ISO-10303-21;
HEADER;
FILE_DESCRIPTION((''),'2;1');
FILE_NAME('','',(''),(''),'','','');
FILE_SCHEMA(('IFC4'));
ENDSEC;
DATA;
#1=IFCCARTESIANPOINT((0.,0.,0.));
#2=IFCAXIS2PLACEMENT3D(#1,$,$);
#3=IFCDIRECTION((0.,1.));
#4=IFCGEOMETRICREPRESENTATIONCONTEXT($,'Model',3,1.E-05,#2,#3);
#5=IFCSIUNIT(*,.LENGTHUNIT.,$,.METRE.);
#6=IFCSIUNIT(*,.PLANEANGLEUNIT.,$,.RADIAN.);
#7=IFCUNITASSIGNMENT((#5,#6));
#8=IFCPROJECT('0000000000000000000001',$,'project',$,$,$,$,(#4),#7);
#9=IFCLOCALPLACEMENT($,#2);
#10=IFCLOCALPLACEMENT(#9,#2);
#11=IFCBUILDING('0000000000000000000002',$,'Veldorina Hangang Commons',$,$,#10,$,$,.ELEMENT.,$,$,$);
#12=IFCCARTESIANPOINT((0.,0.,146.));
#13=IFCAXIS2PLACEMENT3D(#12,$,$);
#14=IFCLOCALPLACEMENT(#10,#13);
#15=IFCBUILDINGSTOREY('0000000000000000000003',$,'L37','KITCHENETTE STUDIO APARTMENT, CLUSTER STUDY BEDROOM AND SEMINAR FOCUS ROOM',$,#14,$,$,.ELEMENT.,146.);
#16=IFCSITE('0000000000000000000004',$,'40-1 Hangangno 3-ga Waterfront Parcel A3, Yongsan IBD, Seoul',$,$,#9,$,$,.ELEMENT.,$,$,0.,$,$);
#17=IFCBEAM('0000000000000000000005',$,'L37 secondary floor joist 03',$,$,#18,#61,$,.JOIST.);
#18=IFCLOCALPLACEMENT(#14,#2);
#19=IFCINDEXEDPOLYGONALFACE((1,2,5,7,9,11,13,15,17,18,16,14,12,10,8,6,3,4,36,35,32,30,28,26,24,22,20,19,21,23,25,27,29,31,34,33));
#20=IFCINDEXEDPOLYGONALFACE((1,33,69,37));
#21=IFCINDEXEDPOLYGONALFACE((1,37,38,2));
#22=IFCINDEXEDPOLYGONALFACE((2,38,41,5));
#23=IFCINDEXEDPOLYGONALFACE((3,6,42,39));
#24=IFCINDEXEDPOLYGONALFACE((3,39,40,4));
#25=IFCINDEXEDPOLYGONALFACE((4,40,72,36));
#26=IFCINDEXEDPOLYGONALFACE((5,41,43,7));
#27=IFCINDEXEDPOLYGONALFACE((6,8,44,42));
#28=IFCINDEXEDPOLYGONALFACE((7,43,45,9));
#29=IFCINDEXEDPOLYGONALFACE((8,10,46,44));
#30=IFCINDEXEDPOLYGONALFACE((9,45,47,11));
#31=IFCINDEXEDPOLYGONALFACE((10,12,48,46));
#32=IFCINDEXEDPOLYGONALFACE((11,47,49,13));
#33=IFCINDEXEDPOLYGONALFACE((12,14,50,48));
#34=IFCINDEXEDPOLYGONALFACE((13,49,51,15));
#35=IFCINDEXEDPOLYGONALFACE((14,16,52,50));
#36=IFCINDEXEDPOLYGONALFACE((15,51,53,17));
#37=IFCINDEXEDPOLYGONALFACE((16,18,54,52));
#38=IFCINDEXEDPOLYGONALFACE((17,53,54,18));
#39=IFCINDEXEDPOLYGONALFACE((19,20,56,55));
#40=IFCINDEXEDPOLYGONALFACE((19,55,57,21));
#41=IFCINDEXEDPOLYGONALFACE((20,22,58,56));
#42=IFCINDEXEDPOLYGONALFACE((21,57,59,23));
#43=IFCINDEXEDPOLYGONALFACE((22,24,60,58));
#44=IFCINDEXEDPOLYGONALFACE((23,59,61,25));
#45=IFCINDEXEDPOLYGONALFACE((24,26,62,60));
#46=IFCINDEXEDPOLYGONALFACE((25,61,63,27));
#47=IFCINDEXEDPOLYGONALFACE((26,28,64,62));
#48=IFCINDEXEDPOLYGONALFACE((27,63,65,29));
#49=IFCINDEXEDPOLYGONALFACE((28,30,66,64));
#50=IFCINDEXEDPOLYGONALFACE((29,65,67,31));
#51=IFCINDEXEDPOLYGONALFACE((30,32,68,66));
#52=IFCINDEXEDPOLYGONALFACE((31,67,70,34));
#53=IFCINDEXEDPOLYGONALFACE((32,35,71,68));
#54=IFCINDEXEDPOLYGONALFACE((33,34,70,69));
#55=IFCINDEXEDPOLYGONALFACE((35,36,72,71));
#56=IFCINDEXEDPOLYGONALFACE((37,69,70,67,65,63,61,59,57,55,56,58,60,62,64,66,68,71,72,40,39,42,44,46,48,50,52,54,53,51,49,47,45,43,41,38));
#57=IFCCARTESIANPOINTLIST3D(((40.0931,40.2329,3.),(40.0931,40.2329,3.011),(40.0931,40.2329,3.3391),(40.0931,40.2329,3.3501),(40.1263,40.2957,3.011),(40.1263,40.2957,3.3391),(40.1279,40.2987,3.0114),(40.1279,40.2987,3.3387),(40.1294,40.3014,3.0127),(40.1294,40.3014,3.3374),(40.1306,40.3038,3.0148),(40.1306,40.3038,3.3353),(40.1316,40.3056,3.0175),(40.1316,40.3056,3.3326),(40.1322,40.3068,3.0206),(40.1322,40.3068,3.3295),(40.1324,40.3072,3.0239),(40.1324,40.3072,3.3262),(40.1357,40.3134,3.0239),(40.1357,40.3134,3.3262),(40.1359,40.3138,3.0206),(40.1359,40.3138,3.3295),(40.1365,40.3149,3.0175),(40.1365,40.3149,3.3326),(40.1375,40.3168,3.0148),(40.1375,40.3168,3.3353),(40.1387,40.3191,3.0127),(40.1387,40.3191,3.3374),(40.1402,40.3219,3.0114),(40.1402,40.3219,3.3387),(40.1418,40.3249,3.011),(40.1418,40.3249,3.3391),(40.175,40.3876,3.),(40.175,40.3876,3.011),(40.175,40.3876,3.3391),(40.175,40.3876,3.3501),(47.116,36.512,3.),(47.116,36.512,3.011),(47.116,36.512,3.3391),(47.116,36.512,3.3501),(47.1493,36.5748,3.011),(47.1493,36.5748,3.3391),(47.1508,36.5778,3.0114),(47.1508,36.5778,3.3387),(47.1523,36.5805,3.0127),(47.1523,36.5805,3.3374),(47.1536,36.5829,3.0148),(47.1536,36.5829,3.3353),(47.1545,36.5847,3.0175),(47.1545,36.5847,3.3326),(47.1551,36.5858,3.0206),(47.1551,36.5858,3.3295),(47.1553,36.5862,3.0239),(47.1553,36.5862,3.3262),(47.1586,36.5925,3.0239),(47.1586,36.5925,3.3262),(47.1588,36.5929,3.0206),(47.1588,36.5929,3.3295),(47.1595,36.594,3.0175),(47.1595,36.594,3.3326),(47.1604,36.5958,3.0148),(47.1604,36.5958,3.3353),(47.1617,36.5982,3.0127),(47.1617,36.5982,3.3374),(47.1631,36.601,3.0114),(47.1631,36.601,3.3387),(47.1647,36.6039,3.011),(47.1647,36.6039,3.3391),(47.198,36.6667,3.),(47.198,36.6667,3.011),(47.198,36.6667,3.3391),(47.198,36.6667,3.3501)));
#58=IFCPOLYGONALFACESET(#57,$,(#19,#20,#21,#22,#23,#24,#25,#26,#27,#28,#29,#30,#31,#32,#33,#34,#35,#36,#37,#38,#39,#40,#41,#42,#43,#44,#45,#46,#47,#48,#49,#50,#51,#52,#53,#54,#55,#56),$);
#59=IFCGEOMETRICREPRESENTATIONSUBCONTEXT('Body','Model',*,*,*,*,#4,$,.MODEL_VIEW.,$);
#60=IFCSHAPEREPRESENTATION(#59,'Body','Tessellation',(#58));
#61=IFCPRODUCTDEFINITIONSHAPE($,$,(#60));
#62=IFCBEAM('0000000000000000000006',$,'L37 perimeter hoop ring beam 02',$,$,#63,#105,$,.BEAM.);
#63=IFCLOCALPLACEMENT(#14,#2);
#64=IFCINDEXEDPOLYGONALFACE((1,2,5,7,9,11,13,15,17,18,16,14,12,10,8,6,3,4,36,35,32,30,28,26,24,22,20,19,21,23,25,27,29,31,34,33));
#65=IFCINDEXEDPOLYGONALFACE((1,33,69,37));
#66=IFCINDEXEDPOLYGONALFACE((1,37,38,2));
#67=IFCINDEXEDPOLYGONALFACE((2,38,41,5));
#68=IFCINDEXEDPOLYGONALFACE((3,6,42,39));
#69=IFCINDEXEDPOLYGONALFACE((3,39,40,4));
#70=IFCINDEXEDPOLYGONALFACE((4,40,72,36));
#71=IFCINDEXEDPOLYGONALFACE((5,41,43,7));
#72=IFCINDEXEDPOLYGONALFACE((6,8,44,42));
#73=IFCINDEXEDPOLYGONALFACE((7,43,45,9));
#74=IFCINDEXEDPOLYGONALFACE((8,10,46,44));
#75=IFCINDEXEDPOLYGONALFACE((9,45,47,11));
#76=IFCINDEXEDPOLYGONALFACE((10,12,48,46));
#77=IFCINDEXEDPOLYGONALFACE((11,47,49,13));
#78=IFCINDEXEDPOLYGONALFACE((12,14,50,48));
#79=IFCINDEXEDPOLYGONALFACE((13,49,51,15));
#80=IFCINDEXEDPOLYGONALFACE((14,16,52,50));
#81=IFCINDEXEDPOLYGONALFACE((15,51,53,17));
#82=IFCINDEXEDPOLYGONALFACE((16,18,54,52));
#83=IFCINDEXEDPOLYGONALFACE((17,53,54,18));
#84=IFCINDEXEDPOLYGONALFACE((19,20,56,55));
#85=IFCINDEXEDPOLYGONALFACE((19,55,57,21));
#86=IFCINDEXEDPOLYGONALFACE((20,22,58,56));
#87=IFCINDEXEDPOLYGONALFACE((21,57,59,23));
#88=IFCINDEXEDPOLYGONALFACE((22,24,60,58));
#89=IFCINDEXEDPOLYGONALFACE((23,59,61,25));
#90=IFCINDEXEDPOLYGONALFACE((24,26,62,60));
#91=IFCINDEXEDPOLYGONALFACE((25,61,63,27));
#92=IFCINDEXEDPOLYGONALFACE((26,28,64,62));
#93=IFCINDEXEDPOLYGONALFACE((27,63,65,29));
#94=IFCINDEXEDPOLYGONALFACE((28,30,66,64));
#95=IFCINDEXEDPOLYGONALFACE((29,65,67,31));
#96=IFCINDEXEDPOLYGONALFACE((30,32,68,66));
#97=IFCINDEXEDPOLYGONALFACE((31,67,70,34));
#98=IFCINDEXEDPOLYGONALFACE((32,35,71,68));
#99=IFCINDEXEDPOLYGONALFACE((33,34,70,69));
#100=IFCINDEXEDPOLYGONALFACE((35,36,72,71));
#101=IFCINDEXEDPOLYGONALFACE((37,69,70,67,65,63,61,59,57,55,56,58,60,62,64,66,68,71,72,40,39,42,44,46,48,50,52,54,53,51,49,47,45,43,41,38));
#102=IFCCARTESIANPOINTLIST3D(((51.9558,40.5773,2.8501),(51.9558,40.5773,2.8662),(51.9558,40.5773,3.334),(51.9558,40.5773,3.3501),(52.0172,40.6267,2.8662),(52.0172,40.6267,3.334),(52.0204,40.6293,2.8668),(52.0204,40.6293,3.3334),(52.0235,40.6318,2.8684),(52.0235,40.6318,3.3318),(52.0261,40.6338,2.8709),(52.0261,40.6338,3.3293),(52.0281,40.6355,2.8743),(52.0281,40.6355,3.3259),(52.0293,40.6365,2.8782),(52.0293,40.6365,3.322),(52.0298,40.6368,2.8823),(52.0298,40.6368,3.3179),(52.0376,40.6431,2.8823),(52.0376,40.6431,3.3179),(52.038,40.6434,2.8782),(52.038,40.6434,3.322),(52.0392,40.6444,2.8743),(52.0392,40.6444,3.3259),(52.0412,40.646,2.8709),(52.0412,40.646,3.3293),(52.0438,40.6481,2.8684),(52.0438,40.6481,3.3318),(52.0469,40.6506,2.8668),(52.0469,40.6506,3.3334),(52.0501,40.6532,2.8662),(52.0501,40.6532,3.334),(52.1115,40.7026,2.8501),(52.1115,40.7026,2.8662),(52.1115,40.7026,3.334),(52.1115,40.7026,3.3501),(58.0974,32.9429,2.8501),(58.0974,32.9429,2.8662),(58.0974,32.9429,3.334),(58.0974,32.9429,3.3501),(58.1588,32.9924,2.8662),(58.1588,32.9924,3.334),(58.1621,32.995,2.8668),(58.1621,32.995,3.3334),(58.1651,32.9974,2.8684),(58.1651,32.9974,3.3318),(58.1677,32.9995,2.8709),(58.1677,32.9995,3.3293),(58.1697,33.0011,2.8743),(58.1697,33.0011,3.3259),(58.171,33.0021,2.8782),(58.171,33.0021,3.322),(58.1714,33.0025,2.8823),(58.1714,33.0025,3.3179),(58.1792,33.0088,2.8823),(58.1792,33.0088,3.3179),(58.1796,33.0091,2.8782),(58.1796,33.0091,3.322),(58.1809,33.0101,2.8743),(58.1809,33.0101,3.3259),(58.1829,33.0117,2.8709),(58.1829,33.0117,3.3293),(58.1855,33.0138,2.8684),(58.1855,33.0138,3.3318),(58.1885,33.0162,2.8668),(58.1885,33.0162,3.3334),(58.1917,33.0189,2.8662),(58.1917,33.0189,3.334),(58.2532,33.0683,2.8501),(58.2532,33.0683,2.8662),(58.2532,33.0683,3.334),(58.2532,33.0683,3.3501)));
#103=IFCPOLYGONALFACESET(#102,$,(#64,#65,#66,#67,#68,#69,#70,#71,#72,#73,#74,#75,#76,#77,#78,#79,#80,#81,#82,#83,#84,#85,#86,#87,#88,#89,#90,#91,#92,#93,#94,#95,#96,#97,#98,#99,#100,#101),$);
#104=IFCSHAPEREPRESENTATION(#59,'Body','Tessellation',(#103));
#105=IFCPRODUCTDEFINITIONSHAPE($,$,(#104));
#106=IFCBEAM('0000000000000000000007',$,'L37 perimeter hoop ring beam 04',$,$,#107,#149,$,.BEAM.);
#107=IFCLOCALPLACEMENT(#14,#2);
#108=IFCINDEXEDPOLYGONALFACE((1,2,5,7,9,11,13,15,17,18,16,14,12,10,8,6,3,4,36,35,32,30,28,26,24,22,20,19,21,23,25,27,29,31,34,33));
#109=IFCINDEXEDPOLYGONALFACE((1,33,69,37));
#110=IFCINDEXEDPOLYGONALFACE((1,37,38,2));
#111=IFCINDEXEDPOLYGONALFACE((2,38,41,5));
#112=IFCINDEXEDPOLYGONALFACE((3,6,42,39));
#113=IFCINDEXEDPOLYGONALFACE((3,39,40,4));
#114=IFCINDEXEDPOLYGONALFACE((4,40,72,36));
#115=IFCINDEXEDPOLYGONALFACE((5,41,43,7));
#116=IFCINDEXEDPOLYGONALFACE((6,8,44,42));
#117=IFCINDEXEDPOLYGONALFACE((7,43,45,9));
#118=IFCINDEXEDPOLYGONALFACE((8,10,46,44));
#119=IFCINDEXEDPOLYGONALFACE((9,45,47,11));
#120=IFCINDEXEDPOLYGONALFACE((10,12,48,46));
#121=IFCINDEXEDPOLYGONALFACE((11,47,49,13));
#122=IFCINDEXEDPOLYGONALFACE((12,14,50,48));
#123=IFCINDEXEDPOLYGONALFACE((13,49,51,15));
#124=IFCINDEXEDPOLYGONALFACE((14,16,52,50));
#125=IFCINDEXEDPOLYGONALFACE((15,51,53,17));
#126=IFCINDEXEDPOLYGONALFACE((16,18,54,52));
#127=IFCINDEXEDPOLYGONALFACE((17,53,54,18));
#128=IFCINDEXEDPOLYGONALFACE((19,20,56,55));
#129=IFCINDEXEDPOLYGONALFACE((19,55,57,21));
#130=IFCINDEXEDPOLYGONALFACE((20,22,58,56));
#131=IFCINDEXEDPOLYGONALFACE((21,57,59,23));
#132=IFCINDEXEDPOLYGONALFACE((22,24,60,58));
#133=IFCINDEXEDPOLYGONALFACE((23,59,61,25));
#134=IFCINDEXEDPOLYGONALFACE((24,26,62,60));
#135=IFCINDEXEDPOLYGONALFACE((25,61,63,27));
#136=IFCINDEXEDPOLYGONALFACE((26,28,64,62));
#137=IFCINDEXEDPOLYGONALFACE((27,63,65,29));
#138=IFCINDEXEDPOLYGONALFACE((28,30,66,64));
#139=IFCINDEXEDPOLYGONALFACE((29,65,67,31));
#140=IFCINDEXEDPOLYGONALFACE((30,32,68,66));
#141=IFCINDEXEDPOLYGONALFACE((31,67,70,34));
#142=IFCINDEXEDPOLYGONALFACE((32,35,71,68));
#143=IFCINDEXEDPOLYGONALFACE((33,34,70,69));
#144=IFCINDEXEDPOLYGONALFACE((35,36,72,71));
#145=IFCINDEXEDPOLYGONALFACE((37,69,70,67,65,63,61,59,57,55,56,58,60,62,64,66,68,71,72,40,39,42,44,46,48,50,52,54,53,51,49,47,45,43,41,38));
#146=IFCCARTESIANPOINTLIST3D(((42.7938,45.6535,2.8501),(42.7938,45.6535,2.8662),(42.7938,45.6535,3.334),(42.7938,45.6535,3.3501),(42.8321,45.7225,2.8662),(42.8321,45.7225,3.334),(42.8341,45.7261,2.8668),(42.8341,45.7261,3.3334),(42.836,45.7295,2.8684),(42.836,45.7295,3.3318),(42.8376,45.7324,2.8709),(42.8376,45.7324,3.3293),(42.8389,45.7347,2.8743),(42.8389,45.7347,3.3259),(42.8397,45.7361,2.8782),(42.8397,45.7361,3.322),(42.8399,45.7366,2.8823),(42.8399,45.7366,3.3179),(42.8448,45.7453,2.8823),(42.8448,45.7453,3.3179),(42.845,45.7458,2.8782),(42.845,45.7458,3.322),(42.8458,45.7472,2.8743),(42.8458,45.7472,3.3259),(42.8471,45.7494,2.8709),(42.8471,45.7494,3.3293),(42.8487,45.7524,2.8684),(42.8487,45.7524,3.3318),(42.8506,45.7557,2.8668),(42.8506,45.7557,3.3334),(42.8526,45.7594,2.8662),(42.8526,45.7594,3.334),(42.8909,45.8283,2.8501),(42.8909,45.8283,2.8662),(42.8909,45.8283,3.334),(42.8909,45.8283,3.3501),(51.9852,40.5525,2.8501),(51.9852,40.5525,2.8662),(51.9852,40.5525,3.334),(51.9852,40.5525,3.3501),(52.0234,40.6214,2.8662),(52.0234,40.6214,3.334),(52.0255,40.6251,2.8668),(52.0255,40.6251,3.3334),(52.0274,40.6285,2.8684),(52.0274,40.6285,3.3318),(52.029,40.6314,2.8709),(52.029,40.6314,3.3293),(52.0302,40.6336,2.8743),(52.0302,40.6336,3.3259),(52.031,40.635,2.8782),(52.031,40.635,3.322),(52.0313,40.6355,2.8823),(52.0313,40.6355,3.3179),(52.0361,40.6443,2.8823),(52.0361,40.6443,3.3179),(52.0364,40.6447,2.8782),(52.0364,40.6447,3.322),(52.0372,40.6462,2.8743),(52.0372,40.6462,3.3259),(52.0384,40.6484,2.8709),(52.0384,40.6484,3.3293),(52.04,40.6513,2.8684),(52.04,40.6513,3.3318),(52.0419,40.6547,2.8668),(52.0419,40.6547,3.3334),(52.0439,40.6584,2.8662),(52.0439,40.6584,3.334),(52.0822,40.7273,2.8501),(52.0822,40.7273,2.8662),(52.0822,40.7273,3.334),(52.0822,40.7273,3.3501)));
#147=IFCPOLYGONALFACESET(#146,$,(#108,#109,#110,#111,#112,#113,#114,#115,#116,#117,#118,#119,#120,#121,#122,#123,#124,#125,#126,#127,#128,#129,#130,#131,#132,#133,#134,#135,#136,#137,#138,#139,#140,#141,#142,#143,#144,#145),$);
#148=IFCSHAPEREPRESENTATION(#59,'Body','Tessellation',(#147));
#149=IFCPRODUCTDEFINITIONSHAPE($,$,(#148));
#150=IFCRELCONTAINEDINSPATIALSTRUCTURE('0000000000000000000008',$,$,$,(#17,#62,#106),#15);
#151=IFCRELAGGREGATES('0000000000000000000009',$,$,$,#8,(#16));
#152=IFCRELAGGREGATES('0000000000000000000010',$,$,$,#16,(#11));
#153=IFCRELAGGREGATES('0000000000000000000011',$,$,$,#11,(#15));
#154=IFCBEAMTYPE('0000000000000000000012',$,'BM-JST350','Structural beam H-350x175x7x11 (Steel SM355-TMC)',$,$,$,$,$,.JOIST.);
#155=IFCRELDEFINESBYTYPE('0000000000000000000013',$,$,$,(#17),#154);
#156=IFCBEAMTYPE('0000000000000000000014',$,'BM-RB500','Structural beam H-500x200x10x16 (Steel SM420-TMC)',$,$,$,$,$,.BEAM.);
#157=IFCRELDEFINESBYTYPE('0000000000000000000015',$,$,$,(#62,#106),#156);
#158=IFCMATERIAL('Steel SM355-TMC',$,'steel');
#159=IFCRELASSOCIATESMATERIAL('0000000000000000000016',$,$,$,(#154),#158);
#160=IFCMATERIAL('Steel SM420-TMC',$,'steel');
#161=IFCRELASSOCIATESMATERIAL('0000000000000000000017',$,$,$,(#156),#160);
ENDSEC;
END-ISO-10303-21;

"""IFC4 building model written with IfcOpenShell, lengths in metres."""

from ifc_helpers import new_model, si_unit, direction, frame, origin, origin_2d, place, context, subcontext, project, spatial, i_section, extrude, material, material_profile, profile_set, type_object, element, save


model = new_model("IFC4")

# Units and contexts
model_context = context("Model", 3, precision=1e-05, world=origin(), true_north=direction((0.0, 1.0)))
body_context = subcontext(model_context, "Body", "Model", "MODEL_VIEW")
ifc_project = project(units=[si_unit("LENGTHUNIT", "METRE"), si_unit("PLANEANGLEUNIT", "RADIAN")], contexts=[model_context])

# Site, building, storey
site_placement = place(None, origin())
site = spatial("IfcSite", under=ifc_project, at=site_placement, Name="40-1 Hangangno 3-ga Waterfront Parcel A3, Yongsan IBD, Seoul", CompositionType="ELEMENT", RefElevation=0.0)
building_placement = place(site_placement, origin())
building = spatial("IfcBuilding", under=site, at=building_placement, Name="Veldorina Hangang Commons", CompositionType="ELEMENT")
storey_placement = place(building_placement, frame((0.0, 0.0, 146.0)))
storey = spatial("IfcBuildingStorey", under=building, at=storey_placement, Name="L37", Description="KITCHENETTE STUDIO APARTMENT, CLUSTER STUDY BEDROOM AND SEMINAR FOCUS ROOM", CompositionType="ELEMENT", Elevation=146.0)

# Beams
ifc_material_1 = material(Name="Steel SM355-TMC", Category="steel")
ifc_material_profile_1 = material_profile(ifc_material_1, i_section(OverallWidth=0.175, OverallDepth=0.3501, WebThickness=0.0071, FlangeThickness=0.011, FilletRadius=0.0129, at=origin_2d()), Name="H-350x175x7x11")
ifc_profile_set_1 = profile_set([ifc_material_profile_1], Name="Steel SM355-TMC")
beam_type_1 = type_object("IfcBeamType", Name="BM-JST350", Description="Structural beam H-350x175x7x11 (Steel SM355-TMC)", PredefinedType="JOIST", material=ifc_profile_set_1)
beam_1_placement = place(storey_placement, frame((47.157, 36.5894, 3.175), z_axis=(-0.883636, 0.468174, 0.0), x_axis=(-0.468174, -0.883636, 0.0)))
element("IfcBeam", 1, at=beam_1_placement, inside=storey, type_object=beam_type_1, Name="L37 secondary floor joist 03", PredefinedType="JOIST", context=body_context, shape_type="SweptSolid", body=[
    extrude(i_section(OverallWidth=0.175, OverallDepth=0.3501, WebThickness=0.0071, FlangeThickness=0.011, FilletRadius=0.0129, at=origin_2d()), origin(), (0.0, 0.0, 1.0), 7.9478),
])
ifc_material_2 = material(Name="Steel SM420-TMC", Category="steel")
ifc_material_profile_2 = material_profile(ifc_material_2, i_section(OverallWidth=0.2, OverallDepth=0.5, WebThickness=0.01, FlangeThickness=0.0161, FilletRadius=0.0161, at=origin_2d()), Name="H-500x200x10x16")
ifc_profile_set_2 = profile_set([ifc_material_profile_2], Name="Steel SM420-TMC")
beam_type_2 = type_object("IfcBeamType", Name="BM-RB500", Description="Structural beam H-500x200x10x16 (Steel SM420-TMC)", PredefinedType="BEAM", material=ifc_profile_set_2)
beam_2_placement = place(storey_placement, frame((58.1753, 33.0056, 3.1001), z_axis=(-0.62682, 0.779164, 0.0), x_axis=(-0.779164, -0.62682, 0.0)))
element("IfcBeam", 2, at=beam_2_placement, inside=storey, type_object=beam_type_2, Name="L37 perimeter hoop ring beam 02", PredefinedType="BEAM", context=body_context, shape_type="SweptSolid", body=[
    extrude(i_section(OverallWidth=0.2, OverallDepth=0.5, WebThickness=0.01, FlangeThickness=0.0161, FilletRadius=0.0161, at=origin_2d()), origin(), (0.0, 0.0, 1.0), 9.7981),
])
beam_3_placement = place(storey_placement, frame((52.0337, 40.6399, 3.1001), z_axis=(-0.87437, 0.48526, 0.0), x_axis=(-0.48526, -0.87437, 0.0)))
element("IfcBeam", 3, at=beam_3_placement, inside=storey, type_object=beam_type_2, Name="L37 perimeter hoop ring beam 04", PredefinedType="BEAM", context=body_context, shape_type="SweptSolid", body=[
    extrude(i_section(OverallWidth=0.2, OverallDepth=0.5, WebThickness=0.01, FlangeThickness=0.0161, FilletRadius=0.0161, at=origin_2d()), origin(), (0.0, 0.0, 1.0), 10.512),
])

save(model, "model.ifc")
